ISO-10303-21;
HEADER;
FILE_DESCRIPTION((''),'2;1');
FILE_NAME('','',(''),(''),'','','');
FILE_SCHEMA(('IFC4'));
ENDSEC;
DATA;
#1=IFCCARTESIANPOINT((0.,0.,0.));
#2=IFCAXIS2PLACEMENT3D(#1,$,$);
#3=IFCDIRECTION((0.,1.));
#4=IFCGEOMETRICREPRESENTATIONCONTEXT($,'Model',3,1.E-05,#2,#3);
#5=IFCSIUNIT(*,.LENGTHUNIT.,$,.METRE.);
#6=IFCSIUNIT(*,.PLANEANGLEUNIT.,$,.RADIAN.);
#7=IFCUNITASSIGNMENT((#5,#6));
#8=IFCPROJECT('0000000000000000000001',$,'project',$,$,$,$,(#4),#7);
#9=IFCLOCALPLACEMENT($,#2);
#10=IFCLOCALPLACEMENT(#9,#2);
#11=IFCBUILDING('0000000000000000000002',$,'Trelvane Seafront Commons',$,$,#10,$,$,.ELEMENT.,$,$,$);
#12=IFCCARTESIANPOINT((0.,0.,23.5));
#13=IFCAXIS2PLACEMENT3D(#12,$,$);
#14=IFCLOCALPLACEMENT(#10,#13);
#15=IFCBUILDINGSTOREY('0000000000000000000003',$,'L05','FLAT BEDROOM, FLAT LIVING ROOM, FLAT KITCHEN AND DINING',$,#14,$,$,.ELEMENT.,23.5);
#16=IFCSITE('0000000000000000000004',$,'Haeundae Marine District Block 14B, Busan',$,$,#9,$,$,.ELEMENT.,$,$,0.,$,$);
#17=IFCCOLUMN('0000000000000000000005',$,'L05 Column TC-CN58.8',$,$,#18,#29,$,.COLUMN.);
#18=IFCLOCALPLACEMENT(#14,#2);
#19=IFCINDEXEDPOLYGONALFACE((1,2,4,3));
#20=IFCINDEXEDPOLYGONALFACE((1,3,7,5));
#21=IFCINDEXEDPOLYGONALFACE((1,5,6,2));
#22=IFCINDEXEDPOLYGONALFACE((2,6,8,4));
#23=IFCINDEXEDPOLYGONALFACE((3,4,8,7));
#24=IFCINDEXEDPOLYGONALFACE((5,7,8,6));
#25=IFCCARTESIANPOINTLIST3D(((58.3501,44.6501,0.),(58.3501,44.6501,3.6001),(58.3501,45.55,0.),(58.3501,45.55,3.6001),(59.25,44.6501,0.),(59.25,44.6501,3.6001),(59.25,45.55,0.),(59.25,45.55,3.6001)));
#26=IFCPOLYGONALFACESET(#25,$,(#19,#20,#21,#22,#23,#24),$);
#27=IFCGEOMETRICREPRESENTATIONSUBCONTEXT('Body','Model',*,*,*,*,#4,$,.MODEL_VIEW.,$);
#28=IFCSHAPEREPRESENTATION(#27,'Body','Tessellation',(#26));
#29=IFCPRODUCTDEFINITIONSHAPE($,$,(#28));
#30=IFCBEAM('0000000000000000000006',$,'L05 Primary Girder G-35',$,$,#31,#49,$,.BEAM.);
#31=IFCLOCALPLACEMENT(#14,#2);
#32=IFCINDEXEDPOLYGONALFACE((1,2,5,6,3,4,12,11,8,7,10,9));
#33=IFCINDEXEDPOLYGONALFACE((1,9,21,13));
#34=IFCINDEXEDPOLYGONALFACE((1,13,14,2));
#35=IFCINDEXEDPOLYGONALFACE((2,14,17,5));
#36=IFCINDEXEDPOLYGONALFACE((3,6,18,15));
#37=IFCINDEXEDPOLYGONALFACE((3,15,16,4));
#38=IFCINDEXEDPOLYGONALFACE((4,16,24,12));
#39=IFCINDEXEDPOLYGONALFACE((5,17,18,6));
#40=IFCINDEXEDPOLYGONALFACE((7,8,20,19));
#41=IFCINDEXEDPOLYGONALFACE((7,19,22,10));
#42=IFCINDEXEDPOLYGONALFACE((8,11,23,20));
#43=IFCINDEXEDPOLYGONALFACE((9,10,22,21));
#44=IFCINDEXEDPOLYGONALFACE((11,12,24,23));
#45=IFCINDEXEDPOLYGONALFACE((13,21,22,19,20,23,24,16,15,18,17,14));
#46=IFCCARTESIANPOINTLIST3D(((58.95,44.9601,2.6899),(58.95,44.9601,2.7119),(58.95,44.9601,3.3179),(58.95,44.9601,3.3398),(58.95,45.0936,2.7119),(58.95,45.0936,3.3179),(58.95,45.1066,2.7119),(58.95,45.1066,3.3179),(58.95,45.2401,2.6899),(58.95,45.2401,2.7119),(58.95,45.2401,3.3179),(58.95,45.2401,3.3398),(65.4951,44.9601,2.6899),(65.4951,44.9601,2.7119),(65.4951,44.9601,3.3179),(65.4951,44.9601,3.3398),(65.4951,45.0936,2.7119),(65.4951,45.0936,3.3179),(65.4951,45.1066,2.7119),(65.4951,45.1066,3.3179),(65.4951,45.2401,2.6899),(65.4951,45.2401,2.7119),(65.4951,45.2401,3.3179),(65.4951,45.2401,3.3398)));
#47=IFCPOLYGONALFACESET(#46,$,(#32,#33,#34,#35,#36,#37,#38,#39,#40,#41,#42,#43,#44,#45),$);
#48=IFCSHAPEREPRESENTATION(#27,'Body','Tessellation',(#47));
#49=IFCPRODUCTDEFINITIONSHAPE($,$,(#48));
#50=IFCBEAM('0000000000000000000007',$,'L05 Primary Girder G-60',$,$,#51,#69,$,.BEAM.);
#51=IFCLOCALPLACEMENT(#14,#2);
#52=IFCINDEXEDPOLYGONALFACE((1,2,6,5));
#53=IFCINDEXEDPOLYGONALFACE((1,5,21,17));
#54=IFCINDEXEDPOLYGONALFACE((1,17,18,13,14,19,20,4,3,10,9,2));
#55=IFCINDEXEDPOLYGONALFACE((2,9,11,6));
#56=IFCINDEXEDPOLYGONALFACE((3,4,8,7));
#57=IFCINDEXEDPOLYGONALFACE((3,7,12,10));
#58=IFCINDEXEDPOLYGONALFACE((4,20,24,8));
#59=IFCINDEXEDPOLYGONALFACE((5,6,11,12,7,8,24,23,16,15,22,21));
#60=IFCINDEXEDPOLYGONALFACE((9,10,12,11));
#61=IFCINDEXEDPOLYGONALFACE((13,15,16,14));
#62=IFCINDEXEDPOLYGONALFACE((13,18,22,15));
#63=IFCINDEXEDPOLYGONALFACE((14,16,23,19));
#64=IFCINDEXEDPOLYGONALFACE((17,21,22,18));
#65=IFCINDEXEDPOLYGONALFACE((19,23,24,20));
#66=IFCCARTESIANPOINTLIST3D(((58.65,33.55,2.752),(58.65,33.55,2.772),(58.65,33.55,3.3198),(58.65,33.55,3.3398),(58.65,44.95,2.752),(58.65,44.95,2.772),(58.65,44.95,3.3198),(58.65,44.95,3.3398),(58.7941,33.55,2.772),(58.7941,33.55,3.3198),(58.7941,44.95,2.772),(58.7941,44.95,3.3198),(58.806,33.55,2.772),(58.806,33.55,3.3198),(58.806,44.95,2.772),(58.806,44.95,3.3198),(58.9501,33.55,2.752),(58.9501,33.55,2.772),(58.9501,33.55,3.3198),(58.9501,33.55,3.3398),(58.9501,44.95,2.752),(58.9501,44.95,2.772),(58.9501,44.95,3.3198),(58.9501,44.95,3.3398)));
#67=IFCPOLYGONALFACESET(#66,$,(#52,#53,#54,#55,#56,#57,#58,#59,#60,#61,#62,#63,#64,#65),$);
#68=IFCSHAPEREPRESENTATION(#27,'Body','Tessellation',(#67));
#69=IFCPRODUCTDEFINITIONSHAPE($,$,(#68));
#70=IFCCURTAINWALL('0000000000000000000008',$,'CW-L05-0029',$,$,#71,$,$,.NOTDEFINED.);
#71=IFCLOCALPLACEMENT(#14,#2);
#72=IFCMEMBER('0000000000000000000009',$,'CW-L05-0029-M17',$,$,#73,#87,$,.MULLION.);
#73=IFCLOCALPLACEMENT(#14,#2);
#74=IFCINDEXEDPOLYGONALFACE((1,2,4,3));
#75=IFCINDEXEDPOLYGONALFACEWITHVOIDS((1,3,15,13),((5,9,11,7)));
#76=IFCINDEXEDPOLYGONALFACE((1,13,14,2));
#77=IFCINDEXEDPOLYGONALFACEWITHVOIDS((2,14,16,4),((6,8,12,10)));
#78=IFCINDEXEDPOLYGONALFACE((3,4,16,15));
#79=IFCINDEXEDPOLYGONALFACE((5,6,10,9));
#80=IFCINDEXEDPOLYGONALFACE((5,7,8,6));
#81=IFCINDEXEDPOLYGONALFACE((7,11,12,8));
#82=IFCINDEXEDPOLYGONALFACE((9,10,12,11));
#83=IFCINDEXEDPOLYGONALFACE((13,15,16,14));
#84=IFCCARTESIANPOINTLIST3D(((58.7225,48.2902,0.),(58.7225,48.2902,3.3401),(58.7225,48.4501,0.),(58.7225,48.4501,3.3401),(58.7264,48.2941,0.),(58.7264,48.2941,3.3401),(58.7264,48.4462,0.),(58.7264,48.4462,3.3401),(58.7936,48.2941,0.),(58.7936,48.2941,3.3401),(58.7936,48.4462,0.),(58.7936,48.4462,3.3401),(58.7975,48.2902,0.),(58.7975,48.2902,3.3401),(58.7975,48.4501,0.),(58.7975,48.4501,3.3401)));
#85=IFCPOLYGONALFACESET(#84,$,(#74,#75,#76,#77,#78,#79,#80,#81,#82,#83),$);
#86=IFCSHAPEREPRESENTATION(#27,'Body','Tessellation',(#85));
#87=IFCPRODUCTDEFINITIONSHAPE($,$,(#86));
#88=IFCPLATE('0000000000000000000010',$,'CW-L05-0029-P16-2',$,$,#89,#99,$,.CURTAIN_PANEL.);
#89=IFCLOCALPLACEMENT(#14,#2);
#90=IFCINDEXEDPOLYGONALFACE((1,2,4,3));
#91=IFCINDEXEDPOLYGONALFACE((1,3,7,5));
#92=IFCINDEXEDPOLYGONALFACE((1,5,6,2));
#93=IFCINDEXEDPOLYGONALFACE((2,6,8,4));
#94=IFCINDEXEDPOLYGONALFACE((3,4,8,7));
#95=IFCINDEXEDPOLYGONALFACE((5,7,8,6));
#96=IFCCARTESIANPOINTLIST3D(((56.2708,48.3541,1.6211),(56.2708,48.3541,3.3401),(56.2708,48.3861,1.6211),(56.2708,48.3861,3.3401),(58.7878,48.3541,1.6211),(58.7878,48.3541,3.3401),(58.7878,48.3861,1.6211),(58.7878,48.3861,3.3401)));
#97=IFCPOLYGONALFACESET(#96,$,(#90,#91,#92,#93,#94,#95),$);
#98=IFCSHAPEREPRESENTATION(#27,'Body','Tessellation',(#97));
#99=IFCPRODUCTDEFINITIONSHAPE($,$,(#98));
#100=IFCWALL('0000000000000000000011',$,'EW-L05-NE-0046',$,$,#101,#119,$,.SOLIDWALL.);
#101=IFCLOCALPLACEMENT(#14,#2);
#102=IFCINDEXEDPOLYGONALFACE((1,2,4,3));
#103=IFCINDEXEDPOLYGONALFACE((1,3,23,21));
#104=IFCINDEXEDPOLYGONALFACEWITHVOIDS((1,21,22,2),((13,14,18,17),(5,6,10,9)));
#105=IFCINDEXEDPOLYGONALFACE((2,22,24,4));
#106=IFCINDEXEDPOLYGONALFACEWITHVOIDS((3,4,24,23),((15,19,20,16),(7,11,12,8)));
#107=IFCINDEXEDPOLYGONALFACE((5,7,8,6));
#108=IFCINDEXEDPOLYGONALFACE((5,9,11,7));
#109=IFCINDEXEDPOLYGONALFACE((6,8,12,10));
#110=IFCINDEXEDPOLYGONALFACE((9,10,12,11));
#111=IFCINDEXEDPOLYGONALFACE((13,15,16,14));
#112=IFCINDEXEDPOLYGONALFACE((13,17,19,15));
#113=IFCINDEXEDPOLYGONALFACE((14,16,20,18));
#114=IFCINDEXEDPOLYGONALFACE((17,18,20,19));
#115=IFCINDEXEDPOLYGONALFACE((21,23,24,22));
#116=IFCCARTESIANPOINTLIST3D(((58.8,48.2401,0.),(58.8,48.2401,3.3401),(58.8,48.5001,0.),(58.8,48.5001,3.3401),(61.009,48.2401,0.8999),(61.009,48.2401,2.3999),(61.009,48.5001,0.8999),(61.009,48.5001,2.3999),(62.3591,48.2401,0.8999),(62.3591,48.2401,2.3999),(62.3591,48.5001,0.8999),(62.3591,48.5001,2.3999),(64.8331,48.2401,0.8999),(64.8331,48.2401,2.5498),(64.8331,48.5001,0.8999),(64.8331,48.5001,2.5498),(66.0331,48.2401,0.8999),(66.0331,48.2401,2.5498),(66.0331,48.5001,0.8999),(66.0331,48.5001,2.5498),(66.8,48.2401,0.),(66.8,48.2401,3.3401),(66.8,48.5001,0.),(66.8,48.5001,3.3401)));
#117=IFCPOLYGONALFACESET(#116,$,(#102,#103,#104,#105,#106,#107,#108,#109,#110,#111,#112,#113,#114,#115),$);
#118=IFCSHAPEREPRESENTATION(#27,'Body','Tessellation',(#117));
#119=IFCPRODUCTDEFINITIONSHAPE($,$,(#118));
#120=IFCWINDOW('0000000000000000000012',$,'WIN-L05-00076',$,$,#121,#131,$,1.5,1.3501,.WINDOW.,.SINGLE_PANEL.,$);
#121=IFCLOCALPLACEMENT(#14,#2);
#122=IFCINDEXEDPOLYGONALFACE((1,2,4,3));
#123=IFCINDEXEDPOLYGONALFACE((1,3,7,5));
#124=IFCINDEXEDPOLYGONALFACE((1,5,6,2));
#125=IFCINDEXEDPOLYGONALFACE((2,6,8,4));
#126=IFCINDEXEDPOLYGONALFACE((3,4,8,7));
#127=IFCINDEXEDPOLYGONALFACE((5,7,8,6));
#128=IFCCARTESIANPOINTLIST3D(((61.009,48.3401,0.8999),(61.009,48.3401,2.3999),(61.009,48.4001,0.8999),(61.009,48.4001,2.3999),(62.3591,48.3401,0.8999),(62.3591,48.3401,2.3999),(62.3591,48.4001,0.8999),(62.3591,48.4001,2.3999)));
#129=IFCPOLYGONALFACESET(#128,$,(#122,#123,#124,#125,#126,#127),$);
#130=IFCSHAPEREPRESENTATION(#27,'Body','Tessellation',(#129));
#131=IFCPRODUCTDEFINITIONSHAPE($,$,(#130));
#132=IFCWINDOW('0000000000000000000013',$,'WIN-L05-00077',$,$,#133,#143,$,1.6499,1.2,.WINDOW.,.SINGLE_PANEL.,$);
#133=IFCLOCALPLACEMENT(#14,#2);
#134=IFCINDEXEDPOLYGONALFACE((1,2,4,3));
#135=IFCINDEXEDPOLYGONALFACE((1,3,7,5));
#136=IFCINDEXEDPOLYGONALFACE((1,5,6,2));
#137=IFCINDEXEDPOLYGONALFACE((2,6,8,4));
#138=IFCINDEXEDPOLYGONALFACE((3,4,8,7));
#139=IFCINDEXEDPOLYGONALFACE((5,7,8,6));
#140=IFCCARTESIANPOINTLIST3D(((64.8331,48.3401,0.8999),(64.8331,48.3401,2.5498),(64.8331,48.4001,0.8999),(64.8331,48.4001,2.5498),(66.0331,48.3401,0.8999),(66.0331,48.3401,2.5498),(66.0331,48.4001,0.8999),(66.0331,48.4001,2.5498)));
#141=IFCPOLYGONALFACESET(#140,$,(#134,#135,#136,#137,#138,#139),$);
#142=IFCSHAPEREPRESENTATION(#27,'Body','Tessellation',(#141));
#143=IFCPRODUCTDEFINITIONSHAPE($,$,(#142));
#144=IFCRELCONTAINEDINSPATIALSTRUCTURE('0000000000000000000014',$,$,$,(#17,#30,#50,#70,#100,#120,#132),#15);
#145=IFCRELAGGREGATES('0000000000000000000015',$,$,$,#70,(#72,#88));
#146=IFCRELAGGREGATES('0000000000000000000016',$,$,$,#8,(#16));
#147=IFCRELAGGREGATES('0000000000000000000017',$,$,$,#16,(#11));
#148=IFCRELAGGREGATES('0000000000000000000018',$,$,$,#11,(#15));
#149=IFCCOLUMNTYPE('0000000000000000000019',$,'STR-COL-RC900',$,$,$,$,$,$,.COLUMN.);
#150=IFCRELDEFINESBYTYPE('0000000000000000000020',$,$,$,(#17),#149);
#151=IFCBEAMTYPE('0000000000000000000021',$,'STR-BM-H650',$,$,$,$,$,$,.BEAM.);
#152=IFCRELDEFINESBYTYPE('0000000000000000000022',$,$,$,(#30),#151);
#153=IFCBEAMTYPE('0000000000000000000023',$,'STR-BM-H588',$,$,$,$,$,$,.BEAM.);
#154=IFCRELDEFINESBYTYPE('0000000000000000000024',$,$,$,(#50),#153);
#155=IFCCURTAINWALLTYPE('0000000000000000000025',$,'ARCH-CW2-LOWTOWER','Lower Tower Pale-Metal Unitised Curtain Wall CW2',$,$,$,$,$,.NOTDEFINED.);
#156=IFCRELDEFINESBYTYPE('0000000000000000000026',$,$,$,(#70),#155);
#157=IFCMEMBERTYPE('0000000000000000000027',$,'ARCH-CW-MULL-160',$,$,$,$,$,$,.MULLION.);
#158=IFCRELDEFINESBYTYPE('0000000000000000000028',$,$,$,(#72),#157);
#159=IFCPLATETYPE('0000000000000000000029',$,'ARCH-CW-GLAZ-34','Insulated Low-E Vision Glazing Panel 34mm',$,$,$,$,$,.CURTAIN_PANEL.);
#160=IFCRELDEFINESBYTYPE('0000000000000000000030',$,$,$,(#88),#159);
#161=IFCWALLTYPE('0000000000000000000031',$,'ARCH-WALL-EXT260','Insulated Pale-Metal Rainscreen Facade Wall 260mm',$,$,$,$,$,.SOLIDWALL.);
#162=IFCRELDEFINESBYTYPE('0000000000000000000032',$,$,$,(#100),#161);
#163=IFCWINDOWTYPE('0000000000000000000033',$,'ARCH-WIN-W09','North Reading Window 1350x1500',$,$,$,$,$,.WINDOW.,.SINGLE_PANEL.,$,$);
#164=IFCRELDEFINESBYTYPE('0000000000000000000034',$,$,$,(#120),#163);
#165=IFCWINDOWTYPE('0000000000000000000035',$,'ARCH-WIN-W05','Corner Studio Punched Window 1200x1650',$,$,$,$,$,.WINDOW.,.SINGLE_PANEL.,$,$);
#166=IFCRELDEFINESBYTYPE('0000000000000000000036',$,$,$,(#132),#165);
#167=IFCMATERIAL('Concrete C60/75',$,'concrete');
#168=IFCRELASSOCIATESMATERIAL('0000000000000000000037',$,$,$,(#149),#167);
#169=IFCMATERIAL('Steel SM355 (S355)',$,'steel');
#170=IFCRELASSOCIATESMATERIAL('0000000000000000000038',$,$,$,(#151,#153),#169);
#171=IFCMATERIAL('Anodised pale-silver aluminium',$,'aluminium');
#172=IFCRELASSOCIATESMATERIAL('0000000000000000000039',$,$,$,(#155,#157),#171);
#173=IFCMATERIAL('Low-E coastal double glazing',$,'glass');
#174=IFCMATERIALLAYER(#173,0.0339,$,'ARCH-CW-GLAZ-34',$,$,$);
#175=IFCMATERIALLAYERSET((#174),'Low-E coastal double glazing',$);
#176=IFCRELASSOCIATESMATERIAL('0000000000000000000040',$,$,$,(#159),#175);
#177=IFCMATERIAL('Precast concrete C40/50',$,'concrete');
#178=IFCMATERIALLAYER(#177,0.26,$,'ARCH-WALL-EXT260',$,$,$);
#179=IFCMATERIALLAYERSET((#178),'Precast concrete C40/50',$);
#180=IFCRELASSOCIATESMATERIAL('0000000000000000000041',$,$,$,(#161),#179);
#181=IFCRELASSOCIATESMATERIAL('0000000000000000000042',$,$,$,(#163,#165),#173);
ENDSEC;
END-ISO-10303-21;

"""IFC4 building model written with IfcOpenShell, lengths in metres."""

from ifc_helpers import new_model, si_unit, direction, frame, frame_2d, origin, origin_2d, place, context, subcontext, project, spatial, rectangle, hollow_rectangle, i_section, extrude, source, transform, mapped, material, layer, layer_set, material_profile, profile_set, type_object, element, fill, aggregate, save


model = new_model("IFC4")

# Units and contexts
model_context = context("Model", 3, precision=1e-05, world=origin(), true_north=direction((0.0, 1.0)))
body_context = subcontext(model_context, "Body", "Model", "MODEL_VIEW")
ifc_project = project(units=[si_unit("LENGTHUNIT", "METRE"), si_unit("PLANEANGLEUNIT", "RADIAN")], contexts=[model_context])

# Site, building, storey
site_placement = place(None, origin())
site = spatial("IfcSite", under=ifc_project, at=site_placement, Name="Haeundae Marine District Block 14B, Busan", CompositionType="ELEMENT", RefElevation=0.0)
building_placement = place(site_placement, origin())
building = spatial("IfcBuilding", under=site, at=building_placement, Name="Trelvane Seafront Commons", CompositionType="ELEMENT")
storey_placement = place(building_placement, frame((0.0, 0.0, 23.5)))
storey = spatial("IfcBuildingStorey", under=building, at=storey_placement, Name="L05", Description="FLAT BEDROOM, FLAT LIVING ROOM, FLAT KITCHEN AND DINING", CompositionType="ELEMENT", Elevation=23.5)

# Column
ifc_material_1 = material(Name="Concrete C60/75", Category="concrete")
ifc_material_profile_1 = material_profile(ifc_material_1, rectangle(XDim=0.8999, YDim=0.8999, at=origin_2d()), Name="RC-900x900")
ifc_profile_set_1 = profile_set([ifc_material_profile_1], Name="Concrete C60/75")
column_type = type_object("IfcColumnType", Name="STR-COL-RC900", PredefinedType="COLUMN", material=ifc_profile_set_1)
shared_shape_1 = source(origin(), body_context, "Body", "SweptSolid", [
    extrude(rectangle(XDim=0.8999, YDim=0.8999, at=origin_2d()), origin(), (0.0, 0.0, 1.0), 3.6001),
])
column_placement = place(storey_placement, frame((58.8, 45.1001, 0.0), z_axis=(0.0, 0.0, 1.0), x_axis=(1.0, 0.0, 0.0)))
element("IfcColumn", 1, at=column_placement, inside=storey, type_object=column_type, Name="L05 Column TC-CN58.8", PredefinedType="COLUMN", context=body_context, shape_type="MappedRepresentation", body=[
    mapped(shared_shape_1, transform((0.0, 0.0, 0.0), x_axis=(1.0, 0.0, 0.0), y_axis=(0.0, 1.0, 0.0), z_axis=(0.0, 0.0, 1.0), scale=1.0)),
])

# Beams
ifc_material_2 = material(Name="Steel SM355 (S355)", Category="steel")
ifc_material_profile_2 = material_profile(ifc_material_2, i_section(OverallWidth=0.28, OverallDepth=0.6499, WebThickness=0.0129, FlangeThickness=0.022, at=origin_2d()), Name="H-650x280x13x22")
ifc_profile_set_2 = profile_set([ifc_material_profile_2], Name="Steel SM355 (S355)")
beam_type_1 = type_object("IfcBeamType", Name="STR-BM-H650", PredefinedType="BEAM", material=ifc_profile_set_2)
shared_shape_2 = source(origin(), body_context, "Body", "SweptSolid", [
    extrude(i_section(OverallWidth=0.28, OverallDepth=0.6499, WebThickness=0.0129, FlangeThickness=0.022, at=origin_2d()), origin(), (0.0, 0.0, 1.0), 6.5452),
])
beam_1_placement = place(storey_placement, frame((58.95, 45.1001, 3.0149), z_axis=(1.0, 0.0, 0.0), x_axis=(0.0, 1.0, 0.0)))
element("IfcBeam", 2, at=beam_1_placement, inside=storey, type_object=beam_type_1, Name="L05 Primary Girder G-35", PredefinedType="BEAM", context=body_context, shape_type="MappedRepresentation", body=[
    mapped(shared_shape_2, transform((0.0, 0.0, 0.0), x_axis=(1.0, 0.0, 0.0), y_axis=(0.0, 1.0, 0.0), z_axis=(0.0, 0.0, 1.0), scale=1.0)),
])
ifc_material_profile_3 = material_profile(ifc_material_2, i_section(OverallWidth=0.3, OverallDepth=0.5879, WebThickness=0.012, FlangeThickness=0.02, at=origin_2d()), Name="H-588x300x12x20")
ifc_profile_set_3 = profile_set([ifc_material_profile_3], Name="Steel SM355 (S355)")
beam_type_2 = type_object("IfcBeamType", Name="STR-BM-H588", PredefinedType="BEAM", material=ifc_profile_set_3)
shared_shape_3 = source(origin(), body_context, "Body", "SweptSolid", [
    extrude(i_section(OverallWidth=0.3, OverallDepth=0.5879, WebThickness=0.012, FlangeThickness=0.02, at=origin_2d()), origin(), (0.0, 0.0, 1.0), 11.3999),
])
beam_2_placement = place(storey_placement, frame((58.8, 33.55, 3.0459), z_axis=(0.0, 1.0, 0.0), x_axis=(-1.0, 0.0, 0.0)))
element("IfcBeam", 3, at=beam_2_placement, inside=storey, type_object=beam_type_2, Name="L05 Primary Girder G-60", PredefinedType="BEAM", context=body_context, shape_type="MappedRepresentation", body=[
    mapped(shared_shape_3, transform((0.0, 0.0, 0.0), x_axis=(1.0, 0.0, 0.0), y_axis=(0.0, 1.0, 0.0), z_axis=(0.0, 0.0, 1.0), scale=1.0)),
])

# Curtain wall, member, plate
ifc_material_3 = material(Name="Anodised pale-silver aluminium", Category="aluminium")
curtain_wall_type = type_object("IfcCurtainWallType", Name="ARCH-CW2-LOWTOWER", Description="Lower Tower Pale-Metal Unitised Curtain Wall CW2", PredefinedType="NOTDEFINED", material=ifc_material_3)
curtain_wall_placement = place(storey_placement, origin())
curtain_wall = element("IfcCurtainWall", 4, at=curtain_wall_placement, inside=storey, type_object=curtain_wall_type, Name="CW-L05-0029", PredefinedType="NOTDEFINED")
ifc_material_profile_4 = material_profile(ifc_material_3, hollow_rectangle(XDim=0.075, YDim=0.1599, WallThickness=0.0039, at=origin_2d()), Name="MULL-75x160x4")
ifc_profile_set_4 = profile_set([ifc_material_profile_4], Name="Anodised pale-silver aluminium")
member_type = type_object("IfcMemberType", Name="ARCH-CW-MULL-160", PredefinedType="MULLION", material=ifc_profile_set_4)
shared_shape_4 = source(origin(), body_context, "Body", "SweptSolid", [
    extrude(hollow_rectangle(XDim=0.075, YDim=0.1599, WallThickness=0.0039, at=origin_2d()), origin(), (0.0, 0.0, 1.0), 3.3401),
])
member_placement = place(storey_placement, frame((58.76, 48.3701, 0.0), z_axis=(0.0, 0.0, 1.0), x_axis=(1.0, 0.0, 0.0)))
member = element("IfcMember", 5, at=member_placement, type_object=member_type, Name="CW-L05-0029-M17", PredefinedType="MULLION", context=body_context, shape_type="MappedRepresentation", body=[
    mapped(shared_shape_4, transform((0.0, 0.0, 0.0), x_axis=(1.0, 0.0, 0.0), y_axis=(0.0, 1.0, 0.0), z_axis=(0.0, 0.0, 1.0), scale=1.0)),
])
ifc_material_4 = material(Name="Low-E coastal double glazing", Category="glass")
ifc_layer_1 = layer(ifc_material_4, 0.0339, Name="ARCH-CW-GLAZ-34")
ifc_layer_set_1 = layer_set([ifc_layer_1], Name="Low-E coastal double glazing")
plate_type = type_object("IfcPlateType", Name="ARCH-CW-GLAZ-34", Description="Insulated Low-E Vision Glazing Panel 34mm", PredefinedType="CURTAIN_PANEL", material=ifc_layer_set_1)
shared_shape_5 = source(origin(), body_context, "Body", "SweptSolid", [
    extrude(rectangle(XDim=2.5171, YDim=0.032, at=origin_2d()), origin(), (0.0, 0.0, 1.0), 1.719),
])
plate_placement = place(storey_placement, frame((57.5293, 48.3701, 1.6211), z_axis=(0.0, 0.0, 1.0), x_axis=(1.0, 0.0, 0.0)))
plate = element("IfcPlate", 6, at=plate_placement, type_object=plate_type, Name="CW-L05-0029-P16-2", PredefinedType="CURTAIN_PANEL", context=body_context, shape_type="MappedRepresentation", body=[
    mapped(shared_shape_5, transform((0.0, 0.0, 0.0), x_axis=(1.0, 0.0, 0.0), y_axis=(0.0, 1.0, 0.0), z_axis=(0.0, 0.0, 1.0), scale=1.0)),
])
aggregate(curtain_wall, [member, plate])

# Wall, openings, windows
ifc_material_5 = material(Name="Precast concrete C40/50", Category="concrete")
ifc_layer_2 = layer(ifc_material_5, 0.26, Name="ARCH-WALL-EXT260")
ifc_layer_set_2 = layer_set([ifc_layer_2], Name="Precast concrete C40/50")
wall_type_1 = type_object("IfcWallType", Name="ARCH-WALL-EXT260", Description="Insulated Pale-Metal Rainscreen Facade Wall 260mm", PredefinedType="SOLIDWALL", material=ifc_layer_set_2)
wall_1_placement = place(storey_placement, frame((58.8, 48.3701, 0.0), z_axis=(0.0, 0.0, 1.0), x_axis=(1.0, 0.0, 0.0)))
wall_1 = element("IfcWall", 7, at=wall_1_placement, inside=storey, type_object=wall_type_1, Name="EW-L05-NE-0046", PredefinedType="SOLIDWALL", context=body_context, shape_type="SweptSolid", body=[
    extrude(rectangle(XDim=8.0, YDim=0.26, at=frame_2d((4.0, 0.0))), origin(), (0.0, 0.0, 1.0), 3.3401),
])
opening_1_placement = place(wall_1_placement, frame((2.209, 0.0, 0.8999)))
opening_1 = element("IfcOpeningElement", 8, at=opening_1_placement, cuts=wall_1, PredefinedType="OPENING", context=body_context, shape_type="SweptSolid", body=[
    extrude(rectangle(XDim=1.3501, YDim=1.5, at=frame_2d((0.675, 0.75))), frame((0.0, 0.1399, 0.0), z_axis=(0.0, -1.0, 0.0), x_axis=(1.0, 0.0, 0.0)), (0.0, 0.0, 1.0), 0.28),
])
opening_2_placement = place(wall_1_placement, frame((6.033, 0.0, 0.8999)))
opening_2 = element("IfcOpeningElement", 9, at=opening_2_placement, cuts=wall_1, PredefinedType="OPENING", context=body_context, shape_type="SweptSolid", body=[
    extrude(rectangle(XDim=1.2, YDim=1.6499, at=frame_2d((0.6001, 0.825))), frame((0.0, 0.1399, 0.0), z_axis=(0.0, -1.0, 0.0), x_axis=(1.0, 0.0, 0.0)), (0.0, 0.0, 1.0), 0.28),
])
window_type_1 = type_object("IfcWindowType", Name="ARCH-WIN-W09", Description="North Reading Window 1350x1500", PartitioningType="SINGLE_PANEL", PredefinedType="WINDOW", material=ifc_material_4)
shared_shape_6 = source(origin(), body_context, "Body", "SweptSolid", [
    extrude(rectangle(XDim=1.3501, YDim=1.5, at=frame_2d((0.675, 0.75))), frame((0.0, 0.03, 0.0), z_axis=(0.0, -1.0, 0.0), x_axis=(1.0, 0.0, 0.0)), (0.0, 0.0, 1.0), 0.0601),
])
window_1_placement = place(opening_1_placement, origin())
window_1 = element("IfcWindow", 10, at=window_1_placement, inside=storey, type_object=window_type_1, Name="WIN-L05-00076", OverallHeight=1.5, OverallWidth=1.3501, PartitioningType="SINGLE_PANEL", PredefinedType="WINDOW", context=body_context, shape_type="MappedRepresentation", body=[
    mapped(shared_shape_6, transform((0.0, 0.0, 0.0), x_axis=(1.0, 0.0, 0.0), y_axis=(0.0, 1.0, 0.0), z_axis=(0.0, 0.0, 1.0), scale=1.0)),
])
fill(opening_1, window_1)
window_type_2 = type_object("IfcWindowType", Name="ARCH-WIN-W05", Description="Corner Studio Punched Window 1200x1650", PartitioningType="SINGLE_PANEL", PredefinedType="WINDOW", material=ifc_material_4)
shared_shape_7 = source(origin(), body_context, "Body", "SweptSolid", [
    extrude(rectangle(XDim=1.2, YDim=1.6499, at=frame_2d((0.6001, 0.825))), frame((0.0, 0.03, 0.0), z_axis=(0.0, -1.0, 0.0), x_axis=(1.0, 0.0, 0.0)), (0.0, 0.0, 1.0), 0.0601),
])
window_2_placement = place(opening_2_placement, origin())
window_2 = element("IfcWindow", 11, at=window_2_placement, inside=storey, type_object=window_type_2, Name="WIN-L05-00077", OverallHeight=1.6499, OverallWidth=1.2, PartitioningType="SINGLE_PANEL", PredefinedType="WINDOW", context=body_context, shape_type="MappedRepresentation", body=[
    mapped(shared_shape_7, transform((0.0, 0.0, 0.0), x_axis=(1.0, 0.0, 0.0), y_axis=(0.0, 1.0, 0.0), z_axis=(0.0, 0.0, 1.0), scale=1.0)),
])
fill(opening_2, window_2)

save(model, "model.ifc")
